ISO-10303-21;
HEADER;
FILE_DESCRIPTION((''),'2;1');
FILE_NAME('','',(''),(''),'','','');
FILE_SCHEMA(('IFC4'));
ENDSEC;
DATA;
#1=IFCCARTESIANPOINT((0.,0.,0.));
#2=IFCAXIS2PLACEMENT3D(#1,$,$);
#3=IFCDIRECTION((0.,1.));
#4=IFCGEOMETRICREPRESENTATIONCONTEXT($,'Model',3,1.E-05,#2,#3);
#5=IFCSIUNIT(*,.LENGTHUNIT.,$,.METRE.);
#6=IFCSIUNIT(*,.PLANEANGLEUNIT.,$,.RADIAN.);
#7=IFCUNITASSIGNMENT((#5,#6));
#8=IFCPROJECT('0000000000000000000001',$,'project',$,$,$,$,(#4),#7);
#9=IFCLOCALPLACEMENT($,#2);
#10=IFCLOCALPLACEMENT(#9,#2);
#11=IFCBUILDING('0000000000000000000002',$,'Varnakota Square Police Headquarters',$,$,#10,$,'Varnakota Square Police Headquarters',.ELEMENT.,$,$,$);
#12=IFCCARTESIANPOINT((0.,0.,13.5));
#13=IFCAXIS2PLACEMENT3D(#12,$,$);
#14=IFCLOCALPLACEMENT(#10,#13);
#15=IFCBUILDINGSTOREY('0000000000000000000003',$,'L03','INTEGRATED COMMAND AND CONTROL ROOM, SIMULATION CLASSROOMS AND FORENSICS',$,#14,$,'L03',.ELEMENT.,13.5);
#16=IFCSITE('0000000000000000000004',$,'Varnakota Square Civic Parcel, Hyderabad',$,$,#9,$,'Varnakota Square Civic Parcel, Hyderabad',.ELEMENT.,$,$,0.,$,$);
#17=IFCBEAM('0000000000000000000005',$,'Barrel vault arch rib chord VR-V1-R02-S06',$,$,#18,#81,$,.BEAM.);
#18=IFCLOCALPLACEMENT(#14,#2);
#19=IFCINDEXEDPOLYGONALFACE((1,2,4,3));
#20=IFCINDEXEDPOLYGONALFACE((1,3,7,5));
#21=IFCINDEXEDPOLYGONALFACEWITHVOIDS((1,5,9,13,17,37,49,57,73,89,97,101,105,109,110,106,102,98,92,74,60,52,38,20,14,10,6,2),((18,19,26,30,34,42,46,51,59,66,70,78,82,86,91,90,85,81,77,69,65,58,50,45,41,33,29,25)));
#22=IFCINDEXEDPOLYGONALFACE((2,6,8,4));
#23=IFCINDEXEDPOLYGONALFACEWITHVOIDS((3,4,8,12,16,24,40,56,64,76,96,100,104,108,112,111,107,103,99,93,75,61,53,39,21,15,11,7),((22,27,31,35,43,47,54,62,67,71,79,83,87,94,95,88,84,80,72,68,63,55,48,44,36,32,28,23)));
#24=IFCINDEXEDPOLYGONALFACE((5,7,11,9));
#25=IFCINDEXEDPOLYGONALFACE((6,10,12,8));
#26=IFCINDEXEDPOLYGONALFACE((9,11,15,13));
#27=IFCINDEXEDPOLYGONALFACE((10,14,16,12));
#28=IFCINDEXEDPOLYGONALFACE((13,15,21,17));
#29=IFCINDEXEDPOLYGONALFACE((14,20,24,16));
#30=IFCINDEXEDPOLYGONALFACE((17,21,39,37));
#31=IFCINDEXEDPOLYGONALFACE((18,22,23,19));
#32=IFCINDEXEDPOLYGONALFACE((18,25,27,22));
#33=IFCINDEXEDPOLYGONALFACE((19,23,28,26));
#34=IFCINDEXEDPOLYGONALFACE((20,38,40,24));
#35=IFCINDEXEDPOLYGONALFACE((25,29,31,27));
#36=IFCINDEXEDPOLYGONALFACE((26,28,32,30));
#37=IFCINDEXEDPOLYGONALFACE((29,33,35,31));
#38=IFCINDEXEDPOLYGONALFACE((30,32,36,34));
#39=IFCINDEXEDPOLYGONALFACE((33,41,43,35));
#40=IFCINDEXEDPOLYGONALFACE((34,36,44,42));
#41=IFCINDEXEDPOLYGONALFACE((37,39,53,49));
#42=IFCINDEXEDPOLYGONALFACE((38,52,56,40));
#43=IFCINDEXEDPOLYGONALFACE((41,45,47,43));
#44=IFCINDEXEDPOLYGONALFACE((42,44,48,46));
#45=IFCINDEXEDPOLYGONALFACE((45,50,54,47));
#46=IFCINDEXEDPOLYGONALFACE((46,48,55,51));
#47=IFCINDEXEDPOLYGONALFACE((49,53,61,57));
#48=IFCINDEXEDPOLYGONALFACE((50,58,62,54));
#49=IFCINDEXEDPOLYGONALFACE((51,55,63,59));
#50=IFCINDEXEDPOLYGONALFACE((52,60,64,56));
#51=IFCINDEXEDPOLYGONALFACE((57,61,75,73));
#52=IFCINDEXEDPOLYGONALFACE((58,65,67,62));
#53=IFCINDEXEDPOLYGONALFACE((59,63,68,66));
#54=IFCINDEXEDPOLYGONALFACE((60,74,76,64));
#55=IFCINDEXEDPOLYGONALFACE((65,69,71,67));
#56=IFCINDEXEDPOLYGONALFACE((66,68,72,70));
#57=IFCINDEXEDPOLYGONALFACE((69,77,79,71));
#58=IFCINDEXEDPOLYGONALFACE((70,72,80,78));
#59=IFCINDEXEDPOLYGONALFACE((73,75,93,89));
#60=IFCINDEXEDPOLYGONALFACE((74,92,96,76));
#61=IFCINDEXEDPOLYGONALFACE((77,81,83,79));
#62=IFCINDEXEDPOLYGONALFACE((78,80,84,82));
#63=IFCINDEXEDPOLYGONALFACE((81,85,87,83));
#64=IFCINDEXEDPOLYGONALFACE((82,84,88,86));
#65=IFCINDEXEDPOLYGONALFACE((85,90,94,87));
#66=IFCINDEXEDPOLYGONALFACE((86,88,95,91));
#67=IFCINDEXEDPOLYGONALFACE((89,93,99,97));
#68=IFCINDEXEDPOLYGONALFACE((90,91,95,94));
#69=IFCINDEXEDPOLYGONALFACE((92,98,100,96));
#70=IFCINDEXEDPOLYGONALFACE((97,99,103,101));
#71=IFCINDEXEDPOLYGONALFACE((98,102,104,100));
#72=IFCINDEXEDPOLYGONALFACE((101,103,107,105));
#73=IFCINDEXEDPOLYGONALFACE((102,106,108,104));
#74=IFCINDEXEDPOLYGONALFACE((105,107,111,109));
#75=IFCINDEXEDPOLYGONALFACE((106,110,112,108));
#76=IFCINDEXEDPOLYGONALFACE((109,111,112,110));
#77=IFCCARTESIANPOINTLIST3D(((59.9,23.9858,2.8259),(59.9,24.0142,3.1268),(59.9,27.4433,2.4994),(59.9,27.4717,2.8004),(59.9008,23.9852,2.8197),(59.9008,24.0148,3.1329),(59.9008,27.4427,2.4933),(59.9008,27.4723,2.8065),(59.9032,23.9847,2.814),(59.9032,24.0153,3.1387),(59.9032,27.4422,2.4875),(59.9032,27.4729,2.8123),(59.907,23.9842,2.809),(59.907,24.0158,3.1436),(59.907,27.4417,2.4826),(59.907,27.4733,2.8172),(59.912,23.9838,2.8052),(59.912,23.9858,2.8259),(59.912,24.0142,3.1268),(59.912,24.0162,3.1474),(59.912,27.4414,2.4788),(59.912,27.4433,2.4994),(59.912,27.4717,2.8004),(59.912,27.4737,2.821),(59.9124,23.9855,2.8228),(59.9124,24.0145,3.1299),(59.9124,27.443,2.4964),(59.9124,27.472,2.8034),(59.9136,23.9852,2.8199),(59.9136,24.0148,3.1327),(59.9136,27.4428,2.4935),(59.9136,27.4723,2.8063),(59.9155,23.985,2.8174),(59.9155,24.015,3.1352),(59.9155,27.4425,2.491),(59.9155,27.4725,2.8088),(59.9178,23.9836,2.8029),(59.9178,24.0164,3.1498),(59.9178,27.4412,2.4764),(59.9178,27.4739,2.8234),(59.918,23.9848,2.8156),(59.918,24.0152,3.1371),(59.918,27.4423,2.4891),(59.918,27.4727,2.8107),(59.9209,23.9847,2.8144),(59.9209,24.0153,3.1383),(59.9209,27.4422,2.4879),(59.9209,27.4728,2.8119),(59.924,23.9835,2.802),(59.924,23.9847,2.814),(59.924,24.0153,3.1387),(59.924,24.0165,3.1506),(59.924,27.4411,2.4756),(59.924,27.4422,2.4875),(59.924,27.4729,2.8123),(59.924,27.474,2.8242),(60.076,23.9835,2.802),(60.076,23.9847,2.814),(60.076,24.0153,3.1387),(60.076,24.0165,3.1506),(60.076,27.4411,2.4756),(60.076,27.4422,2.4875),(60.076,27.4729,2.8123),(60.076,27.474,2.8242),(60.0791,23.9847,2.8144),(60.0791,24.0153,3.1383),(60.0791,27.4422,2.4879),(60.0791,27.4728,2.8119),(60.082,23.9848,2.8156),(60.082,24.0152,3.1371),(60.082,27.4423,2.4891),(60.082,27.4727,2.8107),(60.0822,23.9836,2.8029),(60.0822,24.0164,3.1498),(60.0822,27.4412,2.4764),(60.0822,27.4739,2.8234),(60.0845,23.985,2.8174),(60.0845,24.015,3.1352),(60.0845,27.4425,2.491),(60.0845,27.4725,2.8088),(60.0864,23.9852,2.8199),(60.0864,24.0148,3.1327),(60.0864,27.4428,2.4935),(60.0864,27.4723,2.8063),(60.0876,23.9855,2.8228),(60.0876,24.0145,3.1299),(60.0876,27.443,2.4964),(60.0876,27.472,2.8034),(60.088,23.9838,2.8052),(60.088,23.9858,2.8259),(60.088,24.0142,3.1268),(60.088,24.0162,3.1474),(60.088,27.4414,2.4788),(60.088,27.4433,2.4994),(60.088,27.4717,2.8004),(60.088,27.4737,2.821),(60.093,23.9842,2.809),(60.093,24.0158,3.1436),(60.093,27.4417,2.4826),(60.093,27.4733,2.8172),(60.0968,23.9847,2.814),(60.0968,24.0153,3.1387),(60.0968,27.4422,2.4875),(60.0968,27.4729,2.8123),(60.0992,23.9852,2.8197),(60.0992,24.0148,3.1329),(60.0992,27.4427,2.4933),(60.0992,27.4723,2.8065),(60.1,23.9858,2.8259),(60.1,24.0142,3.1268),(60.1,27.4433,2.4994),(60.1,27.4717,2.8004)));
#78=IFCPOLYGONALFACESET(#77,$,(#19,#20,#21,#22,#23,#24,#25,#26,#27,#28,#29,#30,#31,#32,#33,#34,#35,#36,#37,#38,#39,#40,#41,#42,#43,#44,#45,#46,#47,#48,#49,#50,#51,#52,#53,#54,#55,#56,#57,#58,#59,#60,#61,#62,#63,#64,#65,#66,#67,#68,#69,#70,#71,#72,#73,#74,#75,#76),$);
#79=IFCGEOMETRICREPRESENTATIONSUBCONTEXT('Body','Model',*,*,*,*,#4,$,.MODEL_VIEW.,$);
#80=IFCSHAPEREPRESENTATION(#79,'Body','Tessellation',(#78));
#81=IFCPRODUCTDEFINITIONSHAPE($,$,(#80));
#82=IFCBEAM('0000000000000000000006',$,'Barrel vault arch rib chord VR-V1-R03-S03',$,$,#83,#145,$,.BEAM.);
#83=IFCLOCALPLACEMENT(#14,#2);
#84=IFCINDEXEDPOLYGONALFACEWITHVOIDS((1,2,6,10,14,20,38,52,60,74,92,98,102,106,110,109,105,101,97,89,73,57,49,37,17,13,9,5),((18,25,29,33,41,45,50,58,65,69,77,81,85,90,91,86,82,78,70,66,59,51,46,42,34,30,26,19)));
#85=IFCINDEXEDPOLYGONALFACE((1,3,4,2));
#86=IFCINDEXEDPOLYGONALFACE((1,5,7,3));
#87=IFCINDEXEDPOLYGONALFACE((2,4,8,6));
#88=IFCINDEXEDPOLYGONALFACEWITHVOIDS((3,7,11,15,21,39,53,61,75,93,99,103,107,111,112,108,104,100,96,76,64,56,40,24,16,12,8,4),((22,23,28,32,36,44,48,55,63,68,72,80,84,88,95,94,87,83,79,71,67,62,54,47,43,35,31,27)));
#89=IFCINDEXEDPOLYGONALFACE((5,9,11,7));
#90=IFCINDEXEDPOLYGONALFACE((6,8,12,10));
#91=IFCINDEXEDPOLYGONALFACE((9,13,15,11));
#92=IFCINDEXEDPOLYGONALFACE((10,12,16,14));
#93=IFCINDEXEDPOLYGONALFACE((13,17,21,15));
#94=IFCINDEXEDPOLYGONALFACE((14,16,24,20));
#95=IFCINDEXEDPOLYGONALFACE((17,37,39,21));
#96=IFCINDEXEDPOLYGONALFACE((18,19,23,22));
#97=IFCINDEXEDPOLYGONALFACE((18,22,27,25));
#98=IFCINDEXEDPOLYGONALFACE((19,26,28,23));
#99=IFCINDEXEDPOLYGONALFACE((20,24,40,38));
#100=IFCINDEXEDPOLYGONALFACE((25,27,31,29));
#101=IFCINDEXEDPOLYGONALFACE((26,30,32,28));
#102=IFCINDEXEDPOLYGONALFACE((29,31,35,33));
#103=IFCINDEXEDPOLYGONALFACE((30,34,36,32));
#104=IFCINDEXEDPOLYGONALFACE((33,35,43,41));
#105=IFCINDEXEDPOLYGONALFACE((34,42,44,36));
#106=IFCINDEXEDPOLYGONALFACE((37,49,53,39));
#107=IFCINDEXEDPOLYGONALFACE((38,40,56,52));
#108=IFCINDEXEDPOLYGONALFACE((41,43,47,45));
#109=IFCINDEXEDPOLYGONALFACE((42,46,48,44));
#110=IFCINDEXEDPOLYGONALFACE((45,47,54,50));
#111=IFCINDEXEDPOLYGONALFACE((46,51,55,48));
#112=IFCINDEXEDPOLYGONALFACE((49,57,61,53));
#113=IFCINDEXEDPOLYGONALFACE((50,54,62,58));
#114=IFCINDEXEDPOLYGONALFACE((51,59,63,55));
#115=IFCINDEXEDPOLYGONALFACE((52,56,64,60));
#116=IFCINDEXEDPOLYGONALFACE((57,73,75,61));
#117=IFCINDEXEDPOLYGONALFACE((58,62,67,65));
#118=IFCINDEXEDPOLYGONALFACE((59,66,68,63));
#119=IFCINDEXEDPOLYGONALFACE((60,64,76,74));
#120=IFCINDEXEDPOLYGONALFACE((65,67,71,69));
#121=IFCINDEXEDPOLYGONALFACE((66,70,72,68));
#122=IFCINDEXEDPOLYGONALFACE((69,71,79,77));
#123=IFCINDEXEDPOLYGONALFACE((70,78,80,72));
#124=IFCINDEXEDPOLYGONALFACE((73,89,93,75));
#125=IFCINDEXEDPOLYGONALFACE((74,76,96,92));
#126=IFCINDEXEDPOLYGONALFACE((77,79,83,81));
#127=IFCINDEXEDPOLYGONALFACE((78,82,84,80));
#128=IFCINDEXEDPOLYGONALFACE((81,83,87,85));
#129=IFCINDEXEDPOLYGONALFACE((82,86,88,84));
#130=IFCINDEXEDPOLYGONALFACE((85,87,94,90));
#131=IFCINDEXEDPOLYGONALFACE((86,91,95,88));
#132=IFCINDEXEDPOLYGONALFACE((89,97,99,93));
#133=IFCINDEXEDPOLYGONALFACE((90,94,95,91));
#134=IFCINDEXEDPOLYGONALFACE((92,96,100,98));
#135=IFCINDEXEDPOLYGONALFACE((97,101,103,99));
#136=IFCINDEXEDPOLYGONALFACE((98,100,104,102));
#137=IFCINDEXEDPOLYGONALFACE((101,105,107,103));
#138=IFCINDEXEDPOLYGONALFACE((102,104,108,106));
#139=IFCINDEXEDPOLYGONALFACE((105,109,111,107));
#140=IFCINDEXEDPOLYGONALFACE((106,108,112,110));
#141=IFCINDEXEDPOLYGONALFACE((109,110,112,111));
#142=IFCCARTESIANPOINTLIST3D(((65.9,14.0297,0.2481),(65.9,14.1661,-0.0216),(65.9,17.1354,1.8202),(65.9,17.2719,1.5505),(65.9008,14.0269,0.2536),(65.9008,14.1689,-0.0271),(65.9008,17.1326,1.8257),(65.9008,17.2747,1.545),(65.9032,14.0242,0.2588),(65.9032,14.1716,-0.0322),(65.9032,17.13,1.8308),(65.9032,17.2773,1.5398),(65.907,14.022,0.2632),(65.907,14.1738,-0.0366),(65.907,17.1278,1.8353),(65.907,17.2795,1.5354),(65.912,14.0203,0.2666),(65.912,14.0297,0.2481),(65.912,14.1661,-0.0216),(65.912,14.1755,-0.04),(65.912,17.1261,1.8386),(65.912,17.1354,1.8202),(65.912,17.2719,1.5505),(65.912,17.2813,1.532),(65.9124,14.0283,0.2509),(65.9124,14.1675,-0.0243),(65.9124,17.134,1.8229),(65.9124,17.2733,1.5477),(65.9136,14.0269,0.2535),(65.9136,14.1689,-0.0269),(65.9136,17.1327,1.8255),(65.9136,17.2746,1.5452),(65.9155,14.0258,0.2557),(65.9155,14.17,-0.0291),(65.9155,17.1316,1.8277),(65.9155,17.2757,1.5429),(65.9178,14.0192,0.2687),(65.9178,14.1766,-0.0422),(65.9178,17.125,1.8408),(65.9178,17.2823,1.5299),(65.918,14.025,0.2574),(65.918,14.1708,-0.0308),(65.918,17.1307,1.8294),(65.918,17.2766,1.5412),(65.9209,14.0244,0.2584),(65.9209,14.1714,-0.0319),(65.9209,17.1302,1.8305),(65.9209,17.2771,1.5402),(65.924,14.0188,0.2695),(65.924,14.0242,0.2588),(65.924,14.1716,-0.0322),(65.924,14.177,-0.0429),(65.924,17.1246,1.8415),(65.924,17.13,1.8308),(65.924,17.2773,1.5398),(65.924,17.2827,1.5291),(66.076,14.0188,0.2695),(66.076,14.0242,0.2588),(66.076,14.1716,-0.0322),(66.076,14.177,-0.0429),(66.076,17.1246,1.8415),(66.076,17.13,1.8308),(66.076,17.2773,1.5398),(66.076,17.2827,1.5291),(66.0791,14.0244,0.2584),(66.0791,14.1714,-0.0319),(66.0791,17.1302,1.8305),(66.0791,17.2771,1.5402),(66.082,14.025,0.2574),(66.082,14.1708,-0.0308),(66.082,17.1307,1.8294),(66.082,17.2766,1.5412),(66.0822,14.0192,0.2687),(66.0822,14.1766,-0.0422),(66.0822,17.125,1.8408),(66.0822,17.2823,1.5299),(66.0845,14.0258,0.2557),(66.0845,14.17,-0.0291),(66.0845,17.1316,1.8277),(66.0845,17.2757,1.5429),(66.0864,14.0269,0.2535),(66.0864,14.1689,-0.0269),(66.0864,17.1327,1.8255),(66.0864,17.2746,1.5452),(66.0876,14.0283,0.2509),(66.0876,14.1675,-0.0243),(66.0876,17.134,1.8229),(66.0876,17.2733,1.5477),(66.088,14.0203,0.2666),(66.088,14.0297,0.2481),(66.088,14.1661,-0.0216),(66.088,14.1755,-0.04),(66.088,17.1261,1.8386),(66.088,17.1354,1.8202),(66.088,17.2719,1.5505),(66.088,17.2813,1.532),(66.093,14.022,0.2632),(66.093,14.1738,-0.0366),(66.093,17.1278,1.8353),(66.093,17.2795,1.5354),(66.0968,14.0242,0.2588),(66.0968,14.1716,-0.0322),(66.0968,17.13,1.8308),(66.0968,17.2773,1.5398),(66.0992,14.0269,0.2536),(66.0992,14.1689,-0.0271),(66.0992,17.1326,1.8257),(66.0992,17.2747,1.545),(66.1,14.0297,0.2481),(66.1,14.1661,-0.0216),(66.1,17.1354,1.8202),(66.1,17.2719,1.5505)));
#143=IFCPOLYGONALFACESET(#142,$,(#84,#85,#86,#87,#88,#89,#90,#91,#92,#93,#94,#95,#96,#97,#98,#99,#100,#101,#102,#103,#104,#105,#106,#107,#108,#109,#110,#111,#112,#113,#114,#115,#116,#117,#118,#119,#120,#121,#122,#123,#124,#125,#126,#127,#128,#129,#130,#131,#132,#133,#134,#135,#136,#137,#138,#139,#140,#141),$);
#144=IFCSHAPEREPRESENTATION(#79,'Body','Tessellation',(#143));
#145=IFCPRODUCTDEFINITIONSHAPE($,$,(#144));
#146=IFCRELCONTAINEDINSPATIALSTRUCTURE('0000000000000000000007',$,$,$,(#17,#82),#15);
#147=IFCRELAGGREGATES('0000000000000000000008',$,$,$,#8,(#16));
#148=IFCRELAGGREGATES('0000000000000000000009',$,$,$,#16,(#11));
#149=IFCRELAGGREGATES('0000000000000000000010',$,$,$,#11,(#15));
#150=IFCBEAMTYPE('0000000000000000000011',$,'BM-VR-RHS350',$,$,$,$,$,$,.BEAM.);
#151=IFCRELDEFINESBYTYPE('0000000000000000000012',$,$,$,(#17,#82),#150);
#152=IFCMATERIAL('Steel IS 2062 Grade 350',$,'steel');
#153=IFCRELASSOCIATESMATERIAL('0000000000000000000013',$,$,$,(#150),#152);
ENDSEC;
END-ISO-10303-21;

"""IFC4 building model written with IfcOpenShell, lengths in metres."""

from ifc_helpers import new_model, si_unit, direction, frame, origin, origin_2d, place, context, subcontext, project, spatial, hollow_rectangle, extrude, material, material_profile, profile_set, type_object, element, save


model = new_model("IFC4")

# Units and contexts
model_context = context("Model", 3, precision=1e-05, world=origin(), true_north=direction((0.0, 1.0)))
body_context = subcontext(model_context, "Body", "Model", "MODEL_VIEW")
ifc_project = project(units=[si_unit("LENGTHUNIT", "METRE"), si_unit("PLANEANGLEUNIT", "RADIAN")], contexts=[model_context])

# Site, building, storey
site_placement = place(None, origin())
site = spatial("IfcSite", under=ifc_project, at=site_placement, Name="Varnakota Square Civic Parcel, Hyderabad", LongName="Varnakota Square Civic Parcel, Hyderabad", CompositionType="ELEMENT", RefElevation=0.0)
building_placement = place(site_placement, origin())
building = spatial("IfcBuilding", under=site, at=building_placement, Name="Varnakota Square Police Headquarters", LongName="Varnakota Square Police Headquarters", CompositionType="ELEMENT")
storey_placement = place(building_placement, frame((0.0, 0.0, 13.5)))
storey = spatial("IfcBuildingStorey", under=building, at=storey_placement, Name="L03", Description="INTEGRATED COMMAND AND CONTROL ROOM, SIMULATION CLASSROOMS AND FORENSICS", LongName="L03", CompositionType="ELEMENT", Elevation=13.5)

# Beams
ifc_material_1 = material(Name="Steel IS 2062 Grade 350", Category="steel")
ifc_material_profile_1 = material_profile(ifc_material_1, hollow_rectangle(XDim=0.2, YDim=0.3501, WallThickness=0.012, InnerFilletRadius=0.012, OuterFilletRadius=0.0239, at=origin_2d()), Name="RHS 350x200x12")
ifc_profile_set_1 = profile_set([ifc_material_profile_1], Name="Steel IS 2062 Grade 350")
beam_type = type_object("IfcBeamType", Name="BM-VR-RHS350", PredefinedType="BEAM", material=ifc_profile_set_1)
for number, where, z_axis, x_axis, name in (
    (1, (60.0, 24.0, 2.9763), (0.0, 0.995573, -0.09399), (-1.0, 0.0, 0.0), "Barrel vault arch rib chord VR-V1-R02-S06"),
):
    element("IfcBeam", number, at=place(storey_placement, frame(where, z_axis=z_axis, x_axis=x_axis)), inside=storey, type_object=beam_type, Name=name, PredefinedType="BEAM", context=body_context, shape_type="SweptSolid", body=[
        extrude(hollow_rectangle(XDim=0.2, YDim=0.3501, WallThickness=0.012, InnerFilletRadius=0.012, OuterFilletRadius=0.0239, at=origin_2d()), origin(), (0.0, 0.0, 1.0), 3.4729),
    ])
beam_1_placement = place(storey_placement, frame((66.0, 14.0979, 0.1133), z_axis=(0.0, 0.892214, 0.451613), x_axis=(-1.0, 0.0, 0.0)))
element("IfcBeam", 2, at=beam_1_placement, inside=storey, type_object=beam_type, Name="Barrel vault arch rib chord VR-V1-R03-S03", PredefinedType="BEAM", context=body_context, shape_type="SweptSolid", body=[
    extrude(hollow_rectangle(XDim=0.2, YDim=0.3501, WallThickness=0.012, InnerFilletRadius=0.012, OuterFilletRadius=0.0239, at=origin_2d()), origin(), (0.0, 0.0, 1.0), 3.481),
])

save(model, "model.ifc")
